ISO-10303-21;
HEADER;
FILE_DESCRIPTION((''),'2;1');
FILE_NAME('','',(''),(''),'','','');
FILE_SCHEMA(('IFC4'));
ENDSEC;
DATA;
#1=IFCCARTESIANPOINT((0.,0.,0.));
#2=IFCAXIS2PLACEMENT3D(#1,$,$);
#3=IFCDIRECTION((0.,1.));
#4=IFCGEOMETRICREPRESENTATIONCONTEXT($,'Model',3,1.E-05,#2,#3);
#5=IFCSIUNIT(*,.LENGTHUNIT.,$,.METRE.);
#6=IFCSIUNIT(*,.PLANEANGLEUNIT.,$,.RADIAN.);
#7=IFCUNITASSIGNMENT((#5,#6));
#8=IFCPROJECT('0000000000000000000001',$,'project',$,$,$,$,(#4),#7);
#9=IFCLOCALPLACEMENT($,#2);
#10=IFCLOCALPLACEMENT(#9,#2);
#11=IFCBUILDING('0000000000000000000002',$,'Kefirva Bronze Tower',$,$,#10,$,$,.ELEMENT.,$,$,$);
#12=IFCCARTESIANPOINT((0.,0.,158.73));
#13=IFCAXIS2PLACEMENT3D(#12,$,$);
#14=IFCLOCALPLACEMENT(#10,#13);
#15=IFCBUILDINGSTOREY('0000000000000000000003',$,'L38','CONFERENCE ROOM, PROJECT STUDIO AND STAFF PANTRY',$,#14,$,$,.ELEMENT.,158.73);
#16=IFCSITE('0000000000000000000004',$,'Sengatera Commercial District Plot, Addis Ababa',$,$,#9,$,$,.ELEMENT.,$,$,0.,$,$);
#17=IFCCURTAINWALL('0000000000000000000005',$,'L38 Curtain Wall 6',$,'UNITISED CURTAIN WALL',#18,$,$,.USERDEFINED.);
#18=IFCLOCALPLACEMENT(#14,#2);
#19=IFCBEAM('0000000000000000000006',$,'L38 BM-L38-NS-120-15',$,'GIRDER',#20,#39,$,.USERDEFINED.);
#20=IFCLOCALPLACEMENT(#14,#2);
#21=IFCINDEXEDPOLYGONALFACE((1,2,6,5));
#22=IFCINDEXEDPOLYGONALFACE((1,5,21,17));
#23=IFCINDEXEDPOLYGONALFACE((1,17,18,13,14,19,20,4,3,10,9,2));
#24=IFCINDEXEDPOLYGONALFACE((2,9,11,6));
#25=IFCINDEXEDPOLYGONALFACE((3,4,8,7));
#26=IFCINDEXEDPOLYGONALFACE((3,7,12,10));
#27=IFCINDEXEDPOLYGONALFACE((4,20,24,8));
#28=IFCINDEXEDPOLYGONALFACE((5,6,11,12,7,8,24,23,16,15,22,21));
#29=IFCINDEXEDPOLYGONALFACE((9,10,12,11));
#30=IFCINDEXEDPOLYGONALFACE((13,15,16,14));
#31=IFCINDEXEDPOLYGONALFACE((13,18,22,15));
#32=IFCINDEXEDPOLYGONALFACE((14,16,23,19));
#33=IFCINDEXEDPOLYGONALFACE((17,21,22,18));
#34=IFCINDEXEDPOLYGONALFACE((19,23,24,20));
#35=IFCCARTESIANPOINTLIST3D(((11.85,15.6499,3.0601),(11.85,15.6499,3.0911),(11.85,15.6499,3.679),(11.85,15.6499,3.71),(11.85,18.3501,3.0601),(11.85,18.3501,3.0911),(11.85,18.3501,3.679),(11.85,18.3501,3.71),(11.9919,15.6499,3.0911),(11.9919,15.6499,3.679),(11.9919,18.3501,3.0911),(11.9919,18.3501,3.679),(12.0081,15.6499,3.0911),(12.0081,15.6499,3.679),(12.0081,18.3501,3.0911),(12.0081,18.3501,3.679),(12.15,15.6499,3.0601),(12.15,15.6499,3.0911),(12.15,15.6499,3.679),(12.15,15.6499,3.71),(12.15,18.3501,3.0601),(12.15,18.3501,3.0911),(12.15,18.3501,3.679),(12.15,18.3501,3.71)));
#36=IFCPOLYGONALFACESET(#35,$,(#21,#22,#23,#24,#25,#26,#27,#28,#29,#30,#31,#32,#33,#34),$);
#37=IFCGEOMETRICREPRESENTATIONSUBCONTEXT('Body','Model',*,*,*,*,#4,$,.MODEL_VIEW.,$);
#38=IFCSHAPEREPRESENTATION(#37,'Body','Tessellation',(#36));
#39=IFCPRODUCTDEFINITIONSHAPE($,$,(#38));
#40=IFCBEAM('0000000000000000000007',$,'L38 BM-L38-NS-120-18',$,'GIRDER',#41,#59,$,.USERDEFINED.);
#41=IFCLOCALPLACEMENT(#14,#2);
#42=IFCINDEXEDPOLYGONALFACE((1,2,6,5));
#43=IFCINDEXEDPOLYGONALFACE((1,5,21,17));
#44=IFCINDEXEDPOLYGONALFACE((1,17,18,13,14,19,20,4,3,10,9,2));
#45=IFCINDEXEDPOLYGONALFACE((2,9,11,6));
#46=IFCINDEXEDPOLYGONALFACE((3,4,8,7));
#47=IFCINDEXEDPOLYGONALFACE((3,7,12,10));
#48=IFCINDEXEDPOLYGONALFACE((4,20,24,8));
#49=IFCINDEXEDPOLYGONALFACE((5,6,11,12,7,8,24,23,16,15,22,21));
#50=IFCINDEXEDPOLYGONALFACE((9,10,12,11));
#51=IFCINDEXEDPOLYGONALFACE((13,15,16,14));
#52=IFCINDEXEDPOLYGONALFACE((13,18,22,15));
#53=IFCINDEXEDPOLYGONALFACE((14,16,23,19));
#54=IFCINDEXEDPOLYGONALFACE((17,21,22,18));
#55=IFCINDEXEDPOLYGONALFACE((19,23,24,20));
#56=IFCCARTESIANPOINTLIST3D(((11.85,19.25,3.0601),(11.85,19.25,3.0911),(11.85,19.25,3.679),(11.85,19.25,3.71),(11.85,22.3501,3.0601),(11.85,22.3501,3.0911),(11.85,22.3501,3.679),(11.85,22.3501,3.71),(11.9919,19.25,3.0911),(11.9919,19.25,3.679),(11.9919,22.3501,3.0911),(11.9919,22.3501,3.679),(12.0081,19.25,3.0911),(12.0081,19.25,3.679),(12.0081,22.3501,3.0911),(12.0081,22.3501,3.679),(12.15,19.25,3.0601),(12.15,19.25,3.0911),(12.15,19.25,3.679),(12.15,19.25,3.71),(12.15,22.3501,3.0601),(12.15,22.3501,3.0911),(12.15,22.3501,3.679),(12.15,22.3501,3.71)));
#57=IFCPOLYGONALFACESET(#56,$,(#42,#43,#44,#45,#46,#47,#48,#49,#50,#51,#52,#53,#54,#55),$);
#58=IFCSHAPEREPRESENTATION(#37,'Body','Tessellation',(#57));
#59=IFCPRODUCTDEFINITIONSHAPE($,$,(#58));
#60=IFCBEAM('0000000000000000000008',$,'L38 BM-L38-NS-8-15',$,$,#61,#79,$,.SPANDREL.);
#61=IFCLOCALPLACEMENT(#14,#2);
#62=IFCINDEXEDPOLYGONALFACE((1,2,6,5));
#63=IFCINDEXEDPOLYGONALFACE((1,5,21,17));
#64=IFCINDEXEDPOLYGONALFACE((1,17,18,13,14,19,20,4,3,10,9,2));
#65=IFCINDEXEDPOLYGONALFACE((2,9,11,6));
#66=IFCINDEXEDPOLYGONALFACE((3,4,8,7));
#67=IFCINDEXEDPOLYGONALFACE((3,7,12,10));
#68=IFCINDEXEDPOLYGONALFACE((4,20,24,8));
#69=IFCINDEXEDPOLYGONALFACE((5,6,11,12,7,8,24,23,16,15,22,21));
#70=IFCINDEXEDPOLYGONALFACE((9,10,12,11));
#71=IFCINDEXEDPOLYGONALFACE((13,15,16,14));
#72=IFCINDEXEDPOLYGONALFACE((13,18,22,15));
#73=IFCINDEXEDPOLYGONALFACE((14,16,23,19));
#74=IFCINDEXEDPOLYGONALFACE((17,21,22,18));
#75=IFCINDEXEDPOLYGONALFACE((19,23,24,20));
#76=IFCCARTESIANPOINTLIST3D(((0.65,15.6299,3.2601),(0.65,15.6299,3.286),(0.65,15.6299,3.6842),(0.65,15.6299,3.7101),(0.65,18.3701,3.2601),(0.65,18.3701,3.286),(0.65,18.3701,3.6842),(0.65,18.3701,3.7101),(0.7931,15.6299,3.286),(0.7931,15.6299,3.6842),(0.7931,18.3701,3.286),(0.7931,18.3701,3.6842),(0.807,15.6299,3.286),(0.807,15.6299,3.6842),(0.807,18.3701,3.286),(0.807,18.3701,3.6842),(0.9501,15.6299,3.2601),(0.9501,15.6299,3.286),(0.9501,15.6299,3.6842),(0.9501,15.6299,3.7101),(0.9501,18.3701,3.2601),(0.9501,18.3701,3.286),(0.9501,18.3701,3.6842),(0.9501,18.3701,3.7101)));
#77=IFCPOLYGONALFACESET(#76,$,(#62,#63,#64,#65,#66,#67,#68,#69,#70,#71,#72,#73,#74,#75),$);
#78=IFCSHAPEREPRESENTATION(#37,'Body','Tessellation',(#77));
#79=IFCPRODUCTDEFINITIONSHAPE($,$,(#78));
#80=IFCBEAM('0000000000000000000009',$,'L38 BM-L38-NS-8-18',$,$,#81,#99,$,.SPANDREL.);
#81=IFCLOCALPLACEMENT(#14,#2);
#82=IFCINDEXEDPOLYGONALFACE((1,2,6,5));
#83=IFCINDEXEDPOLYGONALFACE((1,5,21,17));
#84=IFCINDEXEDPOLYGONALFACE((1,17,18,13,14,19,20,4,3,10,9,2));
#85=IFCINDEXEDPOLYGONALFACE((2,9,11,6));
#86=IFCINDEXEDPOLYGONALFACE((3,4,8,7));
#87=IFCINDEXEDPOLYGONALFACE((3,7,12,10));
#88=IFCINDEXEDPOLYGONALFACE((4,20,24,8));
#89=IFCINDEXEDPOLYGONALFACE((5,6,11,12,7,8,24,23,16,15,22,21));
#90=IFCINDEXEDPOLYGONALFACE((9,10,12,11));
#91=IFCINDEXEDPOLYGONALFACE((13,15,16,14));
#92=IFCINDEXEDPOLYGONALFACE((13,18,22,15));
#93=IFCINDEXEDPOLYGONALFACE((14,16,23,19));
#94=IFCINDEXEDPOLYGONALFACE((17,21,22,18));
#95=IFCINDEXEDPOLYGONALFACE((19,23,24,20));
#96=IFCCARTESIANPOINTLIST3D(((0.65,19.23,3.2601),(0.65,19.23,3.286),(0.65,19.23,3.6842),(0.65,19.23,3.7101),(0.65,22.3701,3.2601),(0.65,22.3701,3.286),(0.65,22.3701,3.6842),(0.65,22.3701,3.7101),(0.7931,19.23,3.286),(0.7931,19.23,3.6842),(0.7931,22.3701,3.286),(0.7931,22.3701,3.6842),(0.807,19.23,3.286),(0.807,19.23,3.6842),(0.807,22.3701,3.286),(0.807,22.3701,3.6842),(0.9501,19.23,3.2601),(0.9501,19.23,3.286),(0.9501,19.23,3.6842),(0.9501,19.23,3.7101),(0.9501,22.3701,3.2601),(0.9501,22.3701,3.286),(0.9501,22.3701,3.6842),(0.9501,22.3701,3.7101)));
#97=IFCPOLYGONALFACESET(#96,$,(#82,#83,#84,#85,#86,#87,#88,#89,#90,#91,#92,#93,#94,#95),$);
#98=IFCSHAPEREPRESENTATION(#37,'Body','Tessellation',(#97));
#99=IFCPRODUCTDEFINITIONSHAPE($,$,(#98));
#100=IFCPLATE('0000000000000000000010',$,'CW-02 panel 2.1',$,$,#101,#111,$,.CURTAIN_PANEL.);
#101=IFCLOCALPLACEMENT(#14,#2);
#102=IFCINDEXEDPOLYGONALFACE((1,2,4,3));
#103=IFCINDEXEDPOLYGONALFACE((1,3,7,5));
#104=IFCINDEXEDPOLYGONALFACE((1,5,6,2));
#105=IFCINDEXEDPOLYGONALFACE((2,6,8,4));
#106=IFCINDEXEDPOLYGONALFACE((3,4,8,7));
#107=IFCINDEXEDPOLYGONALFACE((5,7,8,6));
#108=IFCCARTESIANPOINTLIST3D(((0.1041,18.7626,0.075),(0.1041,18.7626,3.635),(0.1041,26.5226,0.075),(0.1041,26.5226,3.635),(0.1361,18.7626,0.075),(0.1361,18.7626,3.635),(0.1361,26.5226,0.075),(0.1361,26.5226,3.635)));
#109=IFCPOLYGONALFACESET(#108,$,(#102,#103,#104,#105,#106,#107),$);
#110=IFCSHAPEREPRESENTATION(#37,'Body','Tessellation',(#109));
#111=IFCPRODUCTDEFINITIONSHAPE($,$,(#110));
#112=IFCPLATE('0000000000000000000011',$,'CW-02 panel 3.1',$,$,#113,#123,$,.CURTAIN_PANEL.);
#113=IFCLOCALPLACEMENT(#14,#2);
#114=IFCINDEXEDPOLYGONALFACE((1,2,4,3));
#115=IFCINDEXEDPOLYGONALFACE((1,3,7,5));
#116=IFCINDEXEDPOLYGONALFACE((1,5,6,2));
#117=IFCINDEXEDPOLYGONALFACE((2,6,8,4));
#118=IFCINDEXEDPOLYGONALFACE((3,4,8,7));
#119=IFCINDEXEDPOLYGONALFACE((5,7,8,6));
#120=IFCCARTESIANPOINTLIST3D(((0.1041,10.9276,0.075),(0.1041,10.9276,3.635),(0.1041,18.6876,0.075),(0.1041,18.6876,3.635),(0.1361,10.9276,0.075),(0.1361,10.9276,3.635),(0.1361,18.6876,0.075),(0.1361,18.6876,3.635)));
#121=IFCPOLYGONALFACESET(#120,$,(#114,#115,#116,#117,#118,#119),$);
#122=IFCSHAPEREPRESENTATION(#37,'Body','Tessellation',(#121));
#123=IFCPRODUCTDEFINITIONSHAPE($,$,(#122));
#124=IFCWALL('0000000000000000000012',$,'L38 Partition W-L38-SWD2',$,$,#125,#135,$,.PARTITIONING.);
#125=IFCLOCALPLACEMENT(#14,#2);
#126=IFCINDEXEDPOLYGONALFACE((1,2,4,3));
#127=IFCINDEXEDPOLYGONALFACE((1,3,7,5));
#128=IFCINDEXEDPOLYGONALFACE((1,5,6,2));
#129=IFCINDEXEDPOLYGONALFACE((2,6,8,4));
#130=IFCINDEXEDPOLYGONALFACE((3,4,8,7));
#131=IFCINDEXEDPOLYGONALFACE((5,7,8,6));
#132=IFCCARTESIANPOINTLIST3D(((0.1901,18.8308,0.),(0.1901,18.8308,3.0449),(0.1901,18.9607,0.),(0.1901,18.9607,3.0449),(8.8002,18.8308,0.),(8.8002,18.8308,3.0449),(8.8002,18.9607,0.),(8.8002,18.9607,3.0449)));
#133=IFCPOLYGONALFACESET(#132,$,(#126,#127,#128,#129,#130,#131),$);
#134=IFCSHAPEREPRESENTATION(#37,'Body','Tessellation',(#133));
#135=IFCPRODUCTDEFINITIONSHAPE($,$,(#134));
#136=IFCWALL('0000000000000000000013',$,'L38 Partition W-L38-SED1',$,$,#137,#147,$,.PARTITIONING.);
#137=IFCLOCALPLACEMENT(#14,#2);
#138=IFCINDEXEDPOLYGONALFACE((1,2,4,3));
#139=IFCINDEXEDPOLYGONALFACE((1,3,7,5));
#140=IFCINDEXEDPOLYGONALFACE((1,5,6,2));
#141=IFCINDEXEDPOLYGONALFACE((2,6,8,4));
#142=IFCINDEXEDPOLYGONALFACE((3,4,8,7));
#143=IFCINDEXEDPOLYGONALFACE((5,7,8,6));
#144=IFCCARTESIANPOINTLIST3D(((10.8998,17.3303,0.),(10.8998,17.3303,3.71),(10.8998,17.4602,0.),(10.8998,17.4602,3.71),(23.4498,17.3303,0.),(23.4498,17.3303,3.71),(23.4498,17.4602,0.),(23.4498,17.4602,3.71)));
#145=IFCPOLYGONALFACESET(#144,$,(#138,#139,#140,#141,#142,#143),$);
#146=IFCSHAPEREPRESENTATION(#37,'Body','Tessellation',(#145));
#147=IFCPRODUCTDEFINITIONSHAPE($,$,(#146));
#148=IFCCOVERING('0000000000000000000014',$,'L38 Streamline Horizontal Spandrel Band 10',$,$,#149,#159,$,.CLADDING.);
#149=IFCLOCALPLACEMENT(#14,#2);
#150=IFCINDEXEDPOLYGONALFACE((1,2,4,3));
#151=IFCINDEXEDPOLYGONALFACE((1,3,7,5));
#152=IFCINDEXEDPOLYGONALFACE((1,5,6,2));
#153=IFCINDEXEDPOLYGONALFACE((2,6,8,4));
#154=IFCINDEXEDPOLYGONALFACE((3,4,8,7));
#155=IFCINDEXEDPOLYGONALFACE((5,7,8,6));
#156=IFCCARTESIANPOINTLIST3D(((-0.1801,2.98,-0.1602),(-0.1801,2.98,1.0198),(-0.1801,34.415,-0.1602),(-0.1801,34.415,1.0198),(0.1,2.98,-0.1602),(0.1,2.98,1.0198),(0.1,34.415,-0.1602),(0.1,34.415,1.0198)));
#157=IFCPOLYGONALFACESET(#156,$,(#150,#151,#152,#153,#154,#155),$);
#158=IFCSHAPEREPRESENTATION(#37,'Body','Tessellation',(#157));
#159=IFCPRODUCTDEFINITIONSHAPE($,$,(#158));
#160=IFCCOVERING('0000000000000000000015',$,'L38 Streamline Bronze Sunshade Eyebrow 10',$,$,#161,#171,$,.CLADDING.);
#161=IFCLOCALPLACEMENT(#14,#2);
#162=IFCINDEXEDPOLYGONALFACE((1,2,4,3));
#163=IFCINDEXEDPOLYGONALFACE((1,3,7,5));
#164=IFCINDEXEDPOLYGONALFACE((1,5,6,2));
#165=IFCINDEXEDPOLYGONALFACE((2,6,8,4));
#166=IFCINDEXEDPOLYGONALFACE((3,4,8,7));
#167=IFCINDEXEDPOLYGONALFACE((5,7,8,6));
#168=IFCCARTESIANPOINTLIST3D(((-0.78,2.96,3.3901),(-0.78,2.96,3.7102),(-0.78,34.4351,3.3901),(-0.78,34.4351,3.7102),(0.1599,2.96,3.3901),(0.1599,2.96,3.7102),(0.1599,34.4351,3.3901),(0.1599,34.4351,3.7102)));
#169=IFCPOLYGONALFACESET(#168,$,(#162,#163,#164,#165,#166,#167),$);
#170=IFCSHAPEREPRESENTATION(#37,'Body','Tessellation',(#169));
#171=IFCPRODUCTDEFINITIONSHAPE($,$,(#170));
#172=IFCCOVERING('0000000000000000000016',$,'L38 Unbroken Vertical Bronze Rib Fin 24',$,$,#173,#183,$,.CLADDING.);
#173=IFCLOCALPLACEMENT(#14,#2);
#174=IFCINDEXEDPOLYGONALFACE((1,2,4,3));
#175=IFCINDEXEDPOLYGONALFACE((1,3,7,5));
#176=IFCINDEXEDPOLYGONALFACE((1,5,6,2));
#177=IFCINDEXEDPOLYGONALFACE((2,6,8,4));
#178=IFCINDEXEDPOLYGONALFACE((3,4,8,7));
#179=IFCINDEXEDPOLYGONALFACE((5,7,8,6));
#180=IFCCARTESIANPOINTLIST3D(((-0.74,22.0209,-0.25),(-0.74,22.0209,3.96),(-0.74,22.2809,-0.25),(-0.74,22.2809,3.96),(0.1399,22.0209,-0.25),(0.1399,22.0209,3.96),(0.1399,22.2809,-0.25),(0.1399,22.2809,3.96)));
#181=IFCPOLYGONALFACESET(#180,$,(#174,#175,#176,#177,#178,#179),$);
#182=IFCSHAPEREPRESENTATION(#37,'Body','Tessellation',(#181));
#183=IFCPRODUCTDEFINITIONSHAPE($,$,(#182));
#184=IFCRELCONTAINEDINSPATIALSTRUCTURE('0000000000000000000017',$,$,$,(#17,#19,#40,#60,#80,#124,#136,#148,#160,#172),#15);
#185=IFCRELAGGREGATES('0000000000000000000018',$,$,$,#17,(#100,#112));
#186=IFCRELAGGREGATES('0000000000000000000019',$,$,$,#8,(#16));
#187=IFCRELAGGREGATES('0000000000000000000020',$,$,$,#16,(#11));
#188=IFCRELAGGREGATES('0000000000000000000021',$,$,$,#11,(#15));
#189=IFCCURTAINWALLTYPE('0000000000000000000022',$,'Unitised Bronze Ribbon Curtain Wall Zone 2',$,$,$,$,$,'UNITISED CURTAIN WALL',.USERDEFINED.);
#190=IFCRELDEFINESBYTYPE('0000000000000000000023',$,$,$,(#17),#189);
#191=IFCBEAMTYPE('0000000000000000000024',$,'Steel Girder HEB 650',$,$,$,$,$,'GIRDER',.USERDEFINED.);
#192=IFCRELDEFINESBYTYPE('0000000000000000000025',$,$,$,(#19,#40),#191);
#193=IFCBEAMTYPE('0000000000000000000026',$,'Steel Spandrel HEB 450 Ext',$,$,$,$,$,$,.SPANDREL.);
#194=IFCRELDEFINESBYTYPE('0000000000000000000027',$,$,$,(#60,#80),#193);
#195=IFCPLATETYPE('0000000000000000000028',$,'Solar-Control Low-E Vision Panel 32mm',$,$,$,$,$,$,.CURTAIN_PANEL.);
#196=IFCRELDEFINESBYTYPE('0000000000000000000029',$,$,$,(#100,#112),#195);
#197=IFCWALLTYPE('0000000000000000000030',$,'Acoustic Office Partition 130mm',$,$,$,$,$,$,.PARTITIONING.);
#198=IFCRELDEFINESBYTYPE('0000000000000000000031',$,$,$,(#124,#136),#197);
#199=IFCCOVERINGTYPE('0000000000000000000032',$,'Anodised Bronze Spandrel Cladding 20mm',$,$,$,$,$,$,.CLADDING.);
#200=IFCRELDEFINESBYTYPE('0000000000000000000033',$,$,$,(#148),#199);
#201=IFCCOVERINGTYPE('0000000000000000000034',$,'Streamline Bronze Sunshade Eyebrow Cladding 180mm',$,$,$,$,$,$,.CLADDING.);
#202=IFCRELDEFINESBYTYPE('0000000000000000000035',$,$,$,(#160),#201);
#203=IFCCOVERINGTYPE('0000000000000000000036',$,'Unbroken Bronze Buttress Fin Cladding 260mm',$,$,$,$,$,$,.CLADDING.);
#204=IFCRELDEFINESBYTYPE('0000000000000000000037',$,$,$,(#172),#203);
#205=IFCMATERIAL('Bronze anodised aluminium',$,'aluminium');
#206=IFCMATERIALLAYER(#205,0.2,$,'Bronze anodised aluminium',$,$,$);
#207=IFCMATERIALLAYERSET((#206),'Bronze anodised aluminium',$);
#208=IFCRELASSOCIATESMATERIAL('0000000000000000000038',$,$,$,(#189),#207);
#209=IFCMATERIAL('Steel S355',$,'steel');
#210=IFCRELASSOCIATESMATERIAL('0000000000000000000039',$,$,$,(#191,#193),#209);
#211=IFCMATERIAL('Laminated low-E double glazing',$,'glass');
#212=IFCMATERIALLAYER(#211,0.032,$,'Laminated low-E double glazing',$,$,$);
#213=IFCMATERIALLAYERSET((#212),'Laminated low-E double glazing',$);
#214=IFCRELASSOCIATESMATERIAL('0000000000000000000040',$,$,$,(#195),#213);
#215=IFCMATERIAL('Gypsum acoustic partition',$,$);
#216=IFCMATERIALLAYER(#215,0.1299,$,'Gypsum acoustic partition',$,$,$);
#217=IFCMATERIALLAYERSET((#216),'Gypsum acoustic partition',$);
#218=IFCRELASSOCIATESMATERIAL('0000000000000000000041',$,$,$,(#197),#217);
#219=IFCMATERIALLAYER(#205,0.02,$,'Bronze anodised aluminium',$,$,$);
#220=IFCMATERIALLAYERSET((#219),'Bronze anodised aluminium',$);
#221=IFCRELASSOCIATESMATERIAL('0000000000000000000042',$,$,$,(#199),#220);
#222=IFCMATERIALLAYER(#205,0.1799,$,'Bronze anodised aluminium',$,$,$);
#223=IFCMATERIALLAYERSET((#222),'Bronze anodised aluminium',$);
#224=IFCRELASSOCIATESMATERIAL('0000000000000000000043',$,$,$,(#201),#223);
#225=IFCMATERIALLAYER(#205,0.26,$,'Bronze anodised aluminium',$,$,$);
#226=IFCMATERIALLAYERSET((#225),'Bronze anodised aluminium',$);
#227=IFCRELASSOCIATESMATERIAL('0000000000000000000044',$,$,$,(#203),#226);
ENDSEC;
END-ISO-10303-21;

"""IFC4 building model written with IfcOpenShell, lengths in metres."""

from ifc_helpers import new_model, si_unit, direction, frame, frame_2d, origin, origin_2d, place, context, subcontext, project, spatial, rectangle, i_section, extrude, material, layer, layer_set, material_profile, profile_set, type_object, element, aggregate, save


model = new_model("IFC4")

# Units and contexts
model_context = context("Model", 3, precision=1e-05, world=origin(), true_north=direction((0.0, 1.0)))
body_context = subcontext(model_context, "Body", "Model", "MODEL_VIEW")
ifc_project = project(units=[si_unit("LENGTHUNIT", "METRE"), si_unit("PLANEANGLEUNIT", "RADIAN")], contexts=[model_context])

# Site, building, storey
site_placement = place(None, origin())
site = spatial("IfcSite", under=ifc_project, at=site_placement, Name="Sengatera Commercial District Plot, Addis Ababa", CompositionType="ELEMENT", RefElevation=0.0)
building_placement = place(site_placement, origin())
building = spatial("IfcBuilding", under=site, at=building_placement, Name="Kefirva Bronze Tower", CompositionType="ELEMENT")
storey_placement = place(building_placement, frame((0.0, 0.0, 158.73)))
storey = spatial("IfcBuildingStorey", under=building, at=storey_placement, Name="L38", Description="CONFERENCE ROOM, PROJECT STUDIO AND STAFF PANTRY", CompositionType="ELEMENT", Elevation=158.73)

# Curtain wall
ifc_material_1 = material(Name="Bronze anodised aluminium", Category="aluminium")
ifc_layer_1 = layer(ifc_material_1, 0.2, Name="Bronze anodised aluminium")
ifc_layer_set_1 = layer_set([ifc_layer_1], Name="Bronze anodised aluminium")
curtain_wall_type = type_object("IfcCurtainWallType", Name="Unitised Bronze Ribbon Curtain Wall Zone 2", ElementType="UNITISED CURTAIN WALL", PredefinedType="USERDEFINED", material=ifc_layer_set_1)
curtain_wall_placement = place(storey_placement, origin())
curtain_wall = element("IfcCurtainWall", 1, at=curtain_wall_placement, inside=storey, type_object=curtain_wall_type, Name="L38 Curtain Wall 6", ObjectType="UNITISED CURTAIN WALL", PredefinedType="USERDEFINED")

# Beams
ifc_material_2 = material(Name="Steel S355", Category="steel")
ifc_material_profile_1 = material_profile(ifc_material_2, i_section(OverallWidth=0.3, OverallDepth=0.6499, WebThickness=0.0161, FlangeThickness=0.031, at=origin_2d()), Name="HEB 650")
ifc_profile_set_1 = profile_set([ifc_material_profile_1], Name="Steel S355")
beam_type_1 = type_object("IfcBeamType", Name="Steel Girder HEB 650", ElementType="GIRDER", PredefinedType="USERDEFINED", material=ifc_profile_set_1)
beam_1_placement = place(storey_placement, frame((12.0, 15.6499, 3.385), z_axis=(0.0, 1.0, 0.0), x_axis=(-1.0, 0.0, 0.0)))
element("IfcBeam", 2, at=beam_1_placement, inside=storey, type_object=beam_type_1, Name="L38 BM-L38-NS-120-15", ObjectType="GIRDER", PredefinedType="USERDEFINED", context=body_context, shape_type="SweptSolid", body=[
    extrude(i_section(OverallWidth=0.3, OverallDepth=0.6499, WebThickness=0.0161, FlangeThickness=0.031, at=origin_2d()), origin(), (0.0, 0.0, 1.0), 2.7002),
])
beam_2_placement = place(storey_placement, frame((12.0, 19.25, 3.385), z_axis=(0.0, 1.0, 0.0), x_axis=(-1.0, 0.0, 0.0)))
element("IfcBeam", 3, at=beam_2_placement, inside=storey, type_object=beam_type_1, Name="L38 BM-L38-NS-120-18", ObjectType="GIRDER", PredefinedType="USERDEFINED", context=body_context, shape_type="SweptSolid", body=[
    extrude(i_section(OverallWidth=0.3, OverallDepth=0.6499, WebThickness=0.0161, FlangeThickness=0.031, at=origin_2d()), origin(), (0.0, 0.0, 1.0), 3.1001),
])
ifc_material_profile_2 = material_profile(ifc_material_2, i_section(OverallWidth=0.3, OverallDepth=0.45, WebThickness=0.0139, FlangeThickness=0.0259, at=origin_2d()), Name="HEB 450")
ifc_profile_set_2 = profile_set([ifc_material_profile_2], Name="Steel S355")
beam_type_2 = type_object("IfcBeamType", Name="Steel Spandrel HEB 450 Ext", PredefinedType="SPANDREL", material=ifc_profile_set_2)
beam_3_placement = place(storey_placement, frame((0.8, 15.6299, 3.4851), z_axis=(0.0, 1.0, 0.0), x_axis=(-1.0, 0.0, 0.0)))
element("IfcBeam", 4, at=beam_3_placement, inside=storey, type_object=beam_type_2, Name="L38 BM-L38-NS-8-15", PredefinedType="SPANDREL", context=body_context, shape_type="SweptSolid", body=[
    extrude(i_section(OverallWidth=0.3, OverallDepth=0.45, WebThickness=0.0139, FlangeThickness=0.0259, at=origin_2d()), origin(), (0.0, 0.0, 1.0), 2.7402),
])
beam_4_placement = place(storey_placement, frame((0.8, 19.23, 3.4851), z_axis=(0.0, 1.0, 0.0), x_axis=(-1.0, 0.0, 0.0)))
element("IfcBeam", 5, at=beam_4_placement, inside=storey, type_object=beam_type_2, Name="L38 BM-L38-NS-8-18", PredefinedType="SPANDREL", context=body_context, shape_type="SweptSolid", body=[
    extrude(i_section(OverallWidth=0.3, OverallDepth=0.45, WebThickness=0.0139, FlangeThickness=0.0259, at=origin_2d()), origin(), (0.0, 0.0, 1.0), 3.1401),
])

# Plates
ifc_material_3 = material(Name="Laminated low-E double glazing", Category="glass")
ifc_layer_2 = layer(ifc_material_3, 0.032, Name="Laminated low-E double glazing")
ifc_layer_set_2 = layer_set([ifc_layer_2], Name="Laminated low-E double glazing")
plate_type = type_object("IfcPlateType", Name="Solar-Control Low-E Vision Panel 32mm", PredefinedType="CURTAIN_PANEL", material=ifc_layer_set_2)
plate_1_placement = place(storey_placement, frame((0.1201, 22.6426, 0.075), z_axis=(0.0, 0.0, 1.0), x_axis=(0.0, -1.0, 0.0)))
plate_1 = element("IfcPlate", 6, at=plate_1_placement, type_object=plate_type, Name="CW-02 panel 2.1", PredefinedType="CURTAIN_PANEL", context=body_context, shape_type="SweptSolid", body=[
    extrude(rectangle(XDim=7.76, YDim=0.032, at=origin_2d()), origin(), (0.0, 0.0, 1.0), 3.5601),
])
plate_2_placement = place(storey_placement, frame((0.1201, 14.8076, 0.075), z_axis=(0.0, 0.0, 1.0), x_axis=(0.0, -1.0, 0.0)))
plate_2 = element("IfcPlate", 7, at=plate_2_placement, type_object=plate_type, Name="CW-02 panel 3.1", PredefinedType="CURTAIN_PANEL", context=body_context, shape_type="SweptSolid", body=[
    extrude(rectangle(XDim=7.76, YDim=0.032, at=origin_2d()), origin(), (0.0, 0.0, 1.0), 3.5601),
])
aggregate(curtain_wall, [plate_1, plate_2])

# Walls
ifc_material_4 = material(Name="Gypsum acoustic partition")
ifc_layer_3 = layer(ifc_material_4, 0.1299, Name="Gypsum acoustic partition")
ifc_layer_set_3 = layer_set([ifc_layer_3], Name="Gypsum acoustic partition")
wall_type = type_object("IfcWallType", Name="Acoustic Office Partition 130mm", PredefinedType="PARTITIONING", material=ifc_layer_set_3)
wall_1_placement = place(storey_placement, frame((0.1899, 18.8958, 0.0), z_axis=(0.0, 0.0, 1.0), x_axis=(1.0, 0.0, 0.0)))
element("IfcWall", 8, at=wall_1_placement, inside=storey, type_object=wall_type, Name="L38 Partition W-L38-SWD2", PredefinedType="PARTITIONING", context=body_context, shape_type="SweptSolid", body=[
    extrude(rectangle(XDim=8.6101, YDim=0.1299, at=frame_2d((4.3052, 0.0))), origin(), (0.0, 0.0, 1.0), 3.0449),
])
wall_2_placement = place(storey_placement, frame((10.8999, 17.3953, 0.0), z_axis=(0.0, 0.0, 1.0), x_axis=(1.0, 0.0, 0.0)))
element("IfcWall", 9, at=wall_2_placement, inside=storey, type_object=wall_type, Name="L38 Partition W-L38-SED1", PredefinedType="PARTITIONING", context=body_context, shape_type="SweptSolid", body=[
    extrude(rectangle(XDim=12.55, YDim=0.1299, at=frame_2d((6.2749, 0.0))), origin(), (0.0, 0.0, 1.0), 3.71),
])

# Coverings
ifc_layer_4 = layer(ifc_material_1, 0.02, Name="Bronze anodised aluminium")
ifc_layer_set_4 = layer_set([ifc_layer_4], Name="Bronze anodised aluminium")
covering_type_1 = type_object("IfcCoveringType", Name="Anodised Bronze Spandrel Cladding 20mm", PredefinedType="CLADDING", material=ifc_layer_set_4)
covering_1_placement = place(storey_placement, frame((-0.04, 18.6975, -0.1602), z_axis=(0.0, 0.0, 1.0), x_axis=(0.0, -1.0, 0.0)))
element("IfcCovering", 10, at=covering_1_placement, inside=storey, type_object=covering_type_1, Name="L38 Streamline Horizontal Spandrel Band 10", PredefinedType="CLADDING", context=body_context, shape_type="SweptSolid", body=[
    extrude(rectangle(XDim=31.4351, YDim=0.28, at=origin_2d()), origin(), (0.0, 0.0, 1.0), 1.1799),
])
ifc_layer_5 = layer(ifc_material_1, 0.1799, Name="Bronze anodised aluminium")
ifc_layer_set_5 = layer_set([ifc_layer_5], Name="Bronze anodised aluminium")
covering_type_2 = type_object("IfcCoveringType", Name="Streamline Bronze Sunshade Eyebrow Cladding 180mm", PredefinedType="CLADDING", material=ifc_layer_set_5)
covering_2_placement = place(storey_placement, frame((-0.3101, 18.6975, 3.3901), z_axis=(0.0, 0.0, 1.0), x_axis=(0.0, -1.0, 0.0)))
element("IfcCovering", 11, at=covering_2_placement, inside=storey, type_object=covering_type_2, Name="L38 Streamline Bronze Sunshade Eyebrow 10", PredefinedType="CLADDING", context=body_context, shape_type="SweptSolid", body=[
    extrude(rectangle(XDim=31.4751, YDim=0.9399, at=origin_2d()), origin(), (0.0, 0.0, 1.0), 0.3201),
])
ifc_layer_6 = layer(ifc_material_1, 0.26, Name="Bronze anodised aluminium")
ifc_layer_set_6 = layer_set([ifc_layer_6], Name="Bronze anodised aluminium")
covering_type_3 = type_object("IfcCoveringType", Name="Unbroken Bronze Buttress Fin Cladding 260mm", PredefinedType="CLADDING", material=ifc_layer_set_6)
for number, where, z_axis, x_axis, name in (
    (12, (-0.3, 22.1509, -0.25), (0.0, 0.0, 1.0), (0.0, -1.0, 0.0), "L38 Unbroken Vertical Bronze Rib Fin 24"),
):
    element("IfcCovering", number, at=place(storey_placement, frame(where, z_axis=z_axis, x_axis=x_axis)), inside=storey, type_object=covering_type_3, Name=name, PredefinedType="CLADDING", context=body_context, shape_type="SweptSolid", body=[
        extrude(rectangle(XDim=0.26, YDim=0.8799, at=origin_2d()), origin(), (0.0, 0.0, 1.0), 4.21),
    ])

save(model, "model.ifc")
